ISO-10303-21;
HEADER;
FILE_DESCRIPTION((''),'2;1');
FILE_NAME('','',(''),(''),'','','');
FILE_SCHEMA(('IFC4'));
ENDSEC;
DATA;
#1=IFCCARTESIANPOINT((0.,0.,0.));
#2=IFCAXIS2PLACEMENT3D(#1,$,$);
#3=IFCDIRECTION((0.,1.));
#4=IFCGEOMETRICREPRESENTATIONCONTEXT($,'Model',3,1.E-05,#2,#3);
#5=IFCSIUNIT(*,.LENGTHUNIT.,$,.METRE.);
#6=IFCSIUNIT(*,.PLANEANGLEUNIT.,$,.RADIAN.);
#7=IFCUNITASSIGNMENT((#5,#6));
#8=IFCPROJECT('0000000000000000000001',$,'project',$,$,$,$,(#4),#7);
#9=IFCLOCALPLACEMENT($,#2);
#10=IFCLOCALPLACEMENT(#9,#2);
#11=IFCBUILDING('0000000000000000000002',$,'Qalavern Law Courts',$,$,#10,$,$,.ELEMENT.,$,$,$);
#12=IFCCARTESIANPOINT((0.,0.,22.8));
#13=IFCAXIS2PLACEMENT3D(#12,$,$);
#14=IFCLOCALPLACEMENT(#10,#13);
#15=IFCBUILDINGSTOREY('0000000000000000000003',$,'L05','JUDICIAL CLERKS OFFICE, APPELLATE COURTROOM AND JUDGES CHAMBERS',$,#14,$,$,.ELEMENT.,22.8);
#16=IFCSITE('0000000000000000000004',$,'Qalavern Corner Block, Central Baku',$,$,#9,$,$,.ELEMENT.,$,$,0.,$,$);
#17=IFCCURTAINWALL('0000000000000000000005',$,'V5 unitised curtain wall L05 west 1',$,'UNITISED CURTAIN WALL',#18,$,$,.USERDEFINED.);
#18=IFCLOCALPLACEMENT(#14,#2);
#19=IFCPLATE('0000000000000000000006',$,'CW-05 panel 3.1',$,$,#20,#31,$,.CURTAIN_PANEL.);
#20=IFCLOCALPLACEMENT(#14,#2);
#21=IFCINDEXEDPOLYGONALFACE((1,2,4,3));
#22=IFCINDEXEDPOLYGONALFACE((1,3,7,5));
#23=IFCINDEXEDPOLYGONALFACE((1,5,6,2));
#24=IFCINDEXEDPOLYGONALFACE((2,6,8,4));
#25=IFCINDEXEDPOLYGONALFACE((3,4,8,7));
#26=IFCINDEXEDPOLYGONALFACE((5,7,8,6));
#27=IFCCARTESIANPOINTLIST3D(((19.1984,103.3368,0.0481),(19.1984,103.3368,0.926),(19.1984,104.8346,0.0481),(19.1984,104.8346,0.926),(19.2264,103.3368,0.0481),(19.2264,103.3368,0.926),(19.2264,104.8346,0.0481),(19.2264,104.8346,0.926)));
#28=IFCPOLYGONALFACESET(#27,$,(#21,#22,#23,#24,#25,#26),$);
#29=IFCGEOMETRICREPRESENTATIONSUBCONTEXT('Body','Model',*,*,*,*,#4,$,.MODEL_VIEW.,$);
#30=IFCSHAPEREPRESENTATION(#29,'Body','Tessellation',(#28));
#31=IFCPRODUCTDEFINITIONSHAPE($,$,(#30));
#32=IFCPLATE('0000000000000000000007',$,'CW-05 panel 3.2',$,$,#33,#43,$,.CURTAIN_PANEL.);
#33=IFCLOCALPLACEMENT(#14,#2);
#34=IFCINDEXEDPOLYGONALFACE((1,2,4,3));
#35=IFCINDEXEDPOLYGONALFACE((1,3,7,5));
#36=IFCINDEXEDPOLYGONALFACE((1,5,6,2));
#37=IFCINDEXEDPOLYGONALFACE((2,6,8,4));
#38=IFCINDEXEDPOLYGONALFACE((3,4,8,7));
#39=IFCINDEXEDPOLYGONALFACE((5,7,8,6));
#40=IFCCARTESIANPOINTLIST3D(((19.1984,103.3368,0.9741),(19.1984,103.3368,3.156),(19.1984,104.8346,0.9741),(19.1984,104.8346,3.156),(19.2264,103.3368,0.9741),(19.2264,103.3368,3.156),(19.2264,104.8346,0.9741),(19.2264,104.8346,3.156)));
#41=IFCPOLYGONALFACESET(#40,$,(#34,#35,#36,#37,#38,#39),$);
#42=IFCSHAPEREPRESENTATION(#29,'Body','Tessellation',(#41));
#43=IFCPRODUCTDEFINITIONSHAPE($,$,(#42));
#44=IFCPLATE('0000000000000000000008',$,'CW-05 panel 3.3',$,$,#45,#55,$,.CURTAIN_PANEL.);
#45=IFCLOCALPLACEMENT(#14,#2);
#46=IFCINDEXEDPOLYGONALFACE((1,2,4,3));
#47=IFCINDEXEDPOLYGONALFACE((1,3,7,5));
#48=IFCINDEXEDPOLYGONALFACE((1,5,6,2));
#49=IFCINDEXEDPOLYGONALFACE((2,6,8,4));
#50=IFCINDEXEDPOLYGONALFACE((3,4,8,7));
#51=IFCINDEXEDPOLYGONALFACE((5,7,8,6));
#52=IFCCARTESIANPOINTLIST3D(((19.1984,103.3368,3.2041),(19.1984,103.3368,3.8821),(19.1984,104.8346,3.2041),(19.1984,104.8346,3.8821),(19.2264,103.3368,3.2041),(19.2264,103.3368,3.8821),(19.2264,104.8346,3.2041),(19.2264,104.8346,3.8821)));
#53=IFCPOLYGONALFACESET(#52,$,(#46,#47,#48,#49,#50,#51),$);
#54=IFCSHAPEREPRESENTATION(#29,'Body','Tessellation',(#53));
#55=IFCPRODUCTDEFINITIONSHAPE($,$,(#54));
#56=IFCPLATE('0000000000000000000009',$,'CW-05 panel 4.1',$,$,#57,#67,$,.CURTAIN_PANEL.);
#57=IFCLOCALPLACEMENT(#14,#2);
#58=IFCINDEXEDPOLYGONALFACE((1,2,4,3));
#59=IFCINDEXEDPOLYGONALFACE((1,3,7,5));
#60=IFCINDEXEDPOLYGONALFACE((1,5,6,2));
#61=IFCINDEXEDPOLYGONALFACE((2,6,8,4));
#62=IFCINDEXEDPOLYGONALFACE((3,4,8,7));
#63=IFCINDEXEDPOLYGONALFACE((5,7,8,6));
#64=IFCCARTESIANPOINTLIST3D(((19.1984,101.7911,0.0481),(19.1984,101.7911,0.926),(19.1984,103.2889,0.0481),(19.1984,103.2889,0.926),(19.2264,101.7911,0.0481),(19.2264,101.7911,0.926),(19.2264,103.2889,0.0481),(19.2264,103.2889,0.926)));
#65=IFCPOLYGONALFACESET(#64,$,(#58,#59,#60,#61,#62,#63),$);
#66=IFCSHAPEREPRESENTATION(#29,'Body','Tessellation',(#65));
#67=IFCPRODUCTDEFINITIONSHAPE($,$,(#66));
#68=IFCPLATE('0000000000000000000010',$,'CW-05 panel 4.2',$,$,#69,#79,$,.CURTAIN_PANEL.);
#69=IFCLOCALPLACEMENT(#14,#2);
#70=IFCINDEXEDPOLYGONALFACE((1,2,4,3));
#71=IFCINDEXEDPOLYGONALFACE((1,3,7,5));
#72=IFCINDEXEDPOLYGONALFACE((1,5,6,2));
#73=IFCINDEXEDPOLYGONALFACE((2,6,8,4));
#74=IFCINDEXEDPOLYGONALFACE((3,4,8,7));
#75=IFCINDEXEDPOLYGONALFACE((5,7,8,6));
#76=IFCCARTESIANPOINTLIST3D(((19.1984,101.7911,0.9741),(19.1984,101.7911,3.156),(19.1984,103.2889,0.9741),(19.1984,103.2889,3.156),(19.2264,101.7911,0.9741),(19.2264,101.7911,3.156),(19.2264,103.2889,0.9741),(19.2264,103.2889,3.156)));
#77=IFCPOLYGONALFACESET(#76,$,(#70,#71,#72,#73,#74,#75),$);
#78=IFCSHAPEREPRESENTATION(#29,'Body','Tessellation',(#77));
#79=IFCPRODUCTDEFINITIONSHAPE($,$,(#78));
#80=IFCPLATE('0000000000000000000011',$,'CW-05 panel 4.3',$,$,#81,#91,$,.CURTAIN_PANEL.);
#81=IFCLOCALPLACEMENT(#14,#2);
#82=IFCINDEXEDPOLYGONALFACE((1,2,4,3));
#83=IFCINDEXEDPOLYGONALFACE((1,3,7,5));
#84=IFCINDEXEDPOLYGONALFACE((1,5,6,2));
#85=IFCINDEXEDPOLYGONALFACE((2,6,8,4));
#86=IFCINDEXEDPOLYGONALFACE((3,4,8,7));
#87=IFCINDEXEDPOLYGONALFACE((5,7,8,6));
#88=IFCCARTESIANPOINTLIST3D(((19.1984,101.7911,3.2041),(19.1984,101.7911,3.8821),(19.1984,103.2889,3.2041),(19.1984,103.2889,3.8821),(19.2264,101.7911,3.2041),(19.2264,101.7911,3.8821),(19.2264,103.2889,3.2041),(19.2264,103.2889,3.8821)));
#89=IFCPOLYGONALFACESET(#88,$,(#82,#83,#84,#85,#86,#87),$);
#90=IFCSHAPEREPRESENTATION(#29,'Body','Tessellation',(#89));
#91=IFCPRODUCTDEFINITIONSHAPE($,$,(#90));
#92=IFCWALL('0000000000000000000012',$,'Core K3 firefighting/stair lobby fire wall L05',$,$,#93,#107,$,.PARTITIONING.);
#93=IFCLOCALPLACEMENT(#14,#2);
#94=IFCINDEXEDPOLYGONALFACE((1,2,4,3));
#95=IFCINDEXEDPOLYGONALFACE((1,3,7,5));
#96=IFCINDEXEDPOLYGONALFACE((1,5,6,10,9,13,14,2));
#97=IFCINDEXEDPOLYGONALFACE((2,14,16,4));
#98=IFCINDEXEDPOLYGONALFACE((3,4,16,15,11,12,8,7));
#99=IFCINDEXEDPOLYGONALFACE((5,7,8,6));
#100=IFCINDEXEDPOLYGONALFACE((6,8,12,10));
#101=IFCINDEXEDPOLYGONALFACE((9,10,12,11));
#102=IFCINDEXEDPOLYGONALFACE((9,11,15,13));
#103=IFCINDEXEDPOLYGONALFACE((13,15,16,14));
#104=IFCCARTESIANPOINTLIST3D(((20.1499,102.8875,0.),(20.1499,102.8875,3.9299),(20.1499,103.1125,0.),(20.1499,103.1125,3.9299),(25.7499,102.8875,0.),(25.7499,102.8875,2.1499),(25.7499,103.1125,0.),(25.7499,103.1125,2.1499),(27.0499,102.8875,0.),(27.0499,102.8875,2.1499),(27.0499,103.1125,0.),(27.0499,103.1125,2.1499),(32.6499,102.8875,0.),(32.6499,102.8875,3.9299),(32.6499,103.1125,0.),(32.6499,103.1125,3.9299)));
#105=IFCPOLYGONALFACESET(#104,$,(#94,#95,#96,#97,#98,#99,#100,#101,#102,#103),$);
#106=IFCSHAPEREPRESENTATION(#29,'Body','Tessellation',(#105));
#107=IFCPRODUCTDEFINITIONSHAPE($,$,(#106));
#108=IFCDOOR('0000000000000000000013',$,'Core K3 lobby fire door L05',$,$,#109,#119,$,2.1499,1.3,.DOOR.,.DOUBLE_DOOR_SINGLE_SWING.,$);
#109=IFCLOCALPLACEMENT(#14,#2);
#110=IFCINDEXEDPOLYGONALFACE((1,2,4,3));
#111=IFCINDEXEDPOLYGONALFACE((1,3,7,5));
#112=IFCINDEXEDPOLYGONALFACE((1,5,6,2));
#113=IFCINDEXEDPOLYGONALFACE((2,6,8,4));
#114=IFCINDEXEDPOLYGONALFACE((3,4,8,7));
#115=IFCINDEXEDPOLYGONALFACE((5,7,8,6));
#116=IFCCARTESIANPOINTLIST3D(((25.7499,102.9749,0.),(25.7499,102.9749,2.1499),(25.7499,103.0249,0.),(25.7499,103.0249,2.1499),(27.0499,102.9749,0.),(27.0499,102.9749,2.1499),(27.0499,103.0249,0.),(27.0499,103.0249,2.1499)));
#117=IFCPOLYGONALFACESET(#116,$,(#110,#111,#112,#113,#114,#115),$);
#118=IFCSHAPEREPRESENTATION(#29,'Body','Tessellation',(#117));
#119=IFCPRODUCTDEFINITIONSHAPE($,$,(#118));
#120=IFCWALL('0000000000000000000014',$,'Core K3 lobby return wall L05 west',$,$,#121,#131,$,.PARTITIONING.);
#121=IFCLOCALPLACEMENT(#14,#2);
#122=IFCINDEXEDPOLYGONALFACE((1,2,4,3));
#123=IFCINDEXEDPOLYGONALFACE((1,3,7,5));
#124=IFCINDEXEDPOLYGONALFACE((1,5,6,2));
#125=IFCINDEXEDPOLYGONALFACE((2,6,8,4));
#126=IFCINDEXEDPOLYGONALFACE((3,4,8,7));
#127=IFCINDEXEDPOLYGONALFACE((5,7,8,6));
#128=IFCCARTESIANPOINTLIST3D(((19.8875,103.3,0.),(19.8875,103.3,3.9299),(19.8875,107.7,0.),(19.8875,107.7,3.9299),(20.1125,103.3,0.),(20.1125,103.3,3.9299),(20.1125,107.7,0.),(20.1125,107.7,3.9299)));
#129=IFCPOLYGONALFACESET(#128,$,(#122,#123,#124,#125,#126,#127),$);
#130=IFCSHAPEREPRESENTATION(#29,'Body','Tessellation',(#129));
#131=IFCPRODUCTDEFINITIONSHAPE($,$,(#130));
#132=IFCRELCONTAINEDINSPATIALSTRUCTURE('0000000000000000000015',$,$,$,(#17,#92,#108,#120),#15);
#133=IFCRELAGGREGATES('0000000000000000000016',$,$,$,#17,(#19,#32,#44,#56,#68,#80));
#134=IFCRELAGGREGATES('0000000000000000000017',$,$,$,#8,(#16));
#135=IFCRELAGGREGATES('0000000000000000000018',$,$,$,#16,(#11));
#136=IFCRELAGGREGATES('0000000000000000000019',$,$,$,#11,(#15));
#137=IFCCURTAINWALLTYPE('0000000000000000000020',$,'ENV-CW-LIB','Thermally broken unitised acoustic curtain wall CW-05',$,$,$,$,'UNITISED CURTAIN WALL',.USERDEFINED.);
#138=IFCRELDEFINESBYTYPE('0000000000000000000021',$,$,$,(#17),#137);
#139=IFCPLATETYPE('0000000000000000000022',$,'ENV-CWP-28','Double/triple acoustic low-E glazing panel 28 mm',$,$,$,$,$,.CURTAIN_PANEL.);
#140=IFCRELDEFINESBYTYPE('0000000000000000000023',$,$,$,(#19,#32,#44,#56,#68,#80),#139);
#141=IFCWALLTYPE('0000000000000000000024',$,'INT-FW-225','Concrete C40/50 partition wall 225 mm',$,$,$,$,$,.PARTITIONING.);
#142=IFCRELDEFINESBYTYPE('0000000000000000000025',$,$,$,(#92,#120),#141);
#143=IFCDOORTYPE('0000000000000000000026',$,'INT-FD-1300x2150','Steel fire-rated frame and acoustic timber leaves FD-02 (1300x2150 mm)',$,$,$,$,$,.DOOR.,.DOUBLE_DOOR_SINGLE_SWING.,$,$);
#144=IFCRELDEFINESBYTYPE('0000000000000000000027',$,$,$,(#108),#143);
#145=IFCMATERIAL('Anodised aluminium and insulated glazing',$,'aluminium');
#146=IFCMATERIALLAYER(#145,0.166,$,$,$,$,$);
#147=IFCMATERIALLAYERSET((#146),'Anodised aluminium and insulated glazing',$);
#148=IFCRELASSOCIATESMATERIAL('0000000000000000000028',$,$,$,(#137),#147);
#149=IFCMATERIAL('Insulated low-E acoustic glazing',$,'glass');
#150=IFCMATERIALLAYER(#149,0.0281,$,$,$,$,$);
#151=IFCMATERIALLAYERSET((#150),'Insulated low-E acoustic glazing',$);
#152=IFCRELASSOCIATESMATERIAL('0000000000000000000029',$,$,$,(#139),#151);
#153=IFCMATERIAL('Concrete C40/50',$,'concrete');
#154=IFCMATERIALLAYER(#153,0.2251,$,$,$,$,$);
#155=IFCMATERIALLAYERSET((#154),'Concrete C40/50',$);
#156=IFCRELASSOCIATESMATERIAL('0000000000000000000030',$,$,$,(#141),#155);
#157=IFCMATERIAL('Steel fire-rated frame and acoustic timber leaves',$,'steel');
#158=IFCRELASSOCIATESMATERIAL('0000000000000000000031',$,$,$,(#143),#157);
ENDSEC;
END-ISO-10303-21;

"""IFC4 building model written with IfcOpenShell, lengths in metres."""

from ifc_helpers import new_model, si_unit, direction, frame, frame_2d, origin, origin_2d, place, context, subcontext, project, spatial, rectangle, extrude, material, layer, layer_set, type_object, element, fill, aggregate, save


model = new_model("IFC4")

# Units and contexts
model_context = context("Model", 3, precision=1e-05, world=origin(), true_north=direction((0.0, 1.0)))
body_context = subcontext(model_context, "Body", "Model", "MODEL_VIEW")
ifc_project = project(units=[si_unit("LENGTHUNIT", "METRE"), si_unit("PLANEANGLEUNIT", "RADIAN")], contexts=[model_context])

# Site, building, storey
site_placement = place(None, origin())
site = spatial("IfcSite", under=ifc_project, at=site_placement, Name="Qalavern Corner Block, Central Baku", CompositionType="ELEMENT", RefElevation=0.0)
building_placement = place(site_placement, origin())
building = spatial("IfcBuilding", under=site, at=building_placement, Name="Qalavern Law Courts", CompositionType="ELEMENT")
storey_placement = place(building_placement, frame((0.0, 0.0, 22.8)))
storey = spatial("IfcBuildingStorey", under=building, at=storey_placement, Name="L05", Description="JUDICIAL CLERKS OFFICE, APPELLATE COURTROOM AND JUDGES CHAMBERS", CompositionType="ELEMENT", Elevation=22.8)

# Curtain wall, plates
ifc_material_1 = material(Name="Anodised aluminium and insulated glazing", Category="aluminium")
ifc_layer_1 = layer(ifc_material_1, 0.166)
ifc_layer_set_1 = layer_set([ifc_layer_1], Name="Anodised aluminium and insulated glazing")
curtain_wall_type = type_object("IfcCurtainWallType", Name="ENV-CW-LIB", Description="Thermally broken unitised acoustic curtain wall CW-05", ElementType="UNITISED CURTAIN WALL", PredefinedType="USERDEFINED", material=ifc_layer_set_1)
curtain_wall_placement = place(storey_placement, origin())
curtain_wall = element("IfcCurtainWall", 1, at=curtain_wall_placement, inside=storey, type_object=curtain_wall_type, Name="V5 unitised curtain wall L05 west 1", ObjectType="UNITISED CURTAIN WALL", PredefinedType="USERDEFINED")
ifc_material_2 = material(Name="Insulated low-E acoustic glazing", Category="glass")
ifc_layer_2 = layer(ifc_material_2, 0.0281)
ifc_layer_set_2 = layer_set([ifc_layer_2], Name="Insulated low-E acoustic glazing")
plate_type = type_object("IfcPlateType", Name="ENV-CWP-28", Description="Double/triple acoustic low-E glazing panel 28 mm", PredefinedType="CURTAIN_PANEL", material=ifc_layer_set_2)
plate_1_placement = place(storey_placement, frame((19.2124, 104.0857, 0.0481), z_axis=(0.0, 0.0, 1.0), x_axis=(0.0, -1.0, 0.0)))
plate_1 = element("IfcPlate", 2, at=plate_1_placement, type_object=plate_type, Name="CW-05 panel 3.1", PredefinedType="CURTAIN_PANEL", context=body_context, shape_type="SweptSolid", body=[
    extrude(rectangle(XDim=1.4978, YDim=0.0281, at=origin_2d()), origin(), (0.0, 0.0, 1.0), 0.8779),
])
plate_2_placement = place(storey_placement, frame((19.2124, 104.0857, 0.9741), z_axis=(0.0, 0.0, 1.0), x_axis=(0.0, -1.0, 0.0)))
plate_2 = element("IfcPlate", 3, at=plate_2_placement, type_object=plate_type, Name="CW-05 panel 3.2", PredefinedType="CURTAIN_PANEL", context=body_context, shape_type="SweptSolid", body=[
    extrude(rectangle(XDim=1.4978, YDim=0.0281, at=origin_2d()), origin(), (0.0, 0.0, 1.0), 2.1819),
])
plate_3_placement = place(storey_placement, frame((19.2124, 104.0857, 3.2041), z_axis=(0.0, 0.0, 1.0), x_axis=(0.0, -1.0, 0.0)))
plate_3 = element("IfcPlate", 4, at=plate_3_placement, type_object=plate_type, Name="CW-05 panel 3.3", PredefinedType="CURTAIN_PANEL", context=body_context, shape_type="SweptSolid", body=[
    extrude(rectangle(XDim=1.4978, YDim=0.0281, at=origin_2d()), origin(), (0.0, 0.0, 1.0), 0.678),
])
plate_4_placement = place(storey_placement, frame((19.2124, 102.54, 0.0481), z_axis=(0.0, 0.0, 1.0), x_axis=(0.0, -1.0, 0.0)))
plate_4 = element("IfcPlate", 5, at=plate_4_placement, type_object=plate_type, Name="CW-05 panel 4.1", PredefinedType="CURTAIN_PANEL", context=body_context, shape_type="SweptSolid", body=[
    extrude(rectangle(XDim=1.4978, YDim=0.0281, at=origin_2d()), origin(), (0.0, 0.0, 1.0), 0.8779),
])
plate_5_placement = place(storey_placement, frame((19.2124, 102.54, 0.9741), z_axis=(0.0, 0.0, 1.0), x_axis=(0.0, -1.0, 0.0)))
plate_5 = element("IfcPlate", 6, at=plate_5_placement, type_object=plate_type, Name="CW-05 panel 4.2", PredefinedType="CURTAIN_PANEL", context=body_context, shape_type="SweptSolid", body=[
    extrude(rectangle(XDim=1.4978, YDim=0.0281, at=origin_2d()), origin(), (0.0, 0.0, 1.0), 2.1819),
])
plate_6_placement = place(storey_placement, frame((19.2124, 102.54, 3.2041), z_axis=(0.0, 0.0, 1.0), x_axis=(0.0, -1.0, 0.0)))
plate_6 = element("IfcPlate", 7, at=plate_6_placement, type_object=plate_type, Name="CW-05 panel 4.3", PredefinedType="CURTAIN_PANEL", context=body_context, shape_type="SweptSolid", body=[
    extrude(rectangle(XDim=1.4978, YDim=0.0281, at=origin_2d()), origin(), (0.0, 0.0, 1.0), 0.678),
])
aggregate(curtain_wall, [plate_1, plate_2, plate_3, plate_4, plate_5, plate_6])

# Wall, opening, door
ifc_material_3 = material(Name="Concrete C40/50", Category="concrete")
ifc_layer_3 = layer(ifc_material_3, 0.2251)
ifc_layer_set_3 = layer_set([ifc_layer_3], Name="Concrete C40/50")
wall_type = type_object("IfcWallType", Name="INT-FW-225", Description="Concrete C40/50 partition wall 225 mm", PredefinedType="PARTITIONING", material=ifc_layer_set_3)
wall_1_placement = place(storey_placement, frame((20.1499, 103.0, 0.0), z_axis=(0.0, 0.0, 1.0), x_axis=(1.0, 0.0, 0.0)))
wall_1 = element("IfcWall", 8, at=wall_1_placement, inside=storey, type_object=wall_type, Name="Core K3 firefighting/stair lobby fire wall L05", PredefinedType="PARTITIONING", context=body_context, shape_type="SweptSolid", body=[
    extrude(rectangle(XDim=12.5, YDim=0.2251, at=frame_2d((6.25, 0.0))), origin(), (0.0, 0.0, 1.0), 3.9299),
])
opening_placement = place(wall_1_placement, frame((5.6001, 0.0, 0.0)))
opening = element("IfcOpeningElement", 9, at=opening_placement, cuts=wall_1, PredefinedType="OPENING", context=body_context, shape_type="SweptSolid", body=[
    extrude(rectangle(XDim=1.3, YDim=2.1499, at=frame_2d((0.6499, 1.075))), frame((0.0, 0.1274, 0.0), z_axis=(0.0, -1.0, 0.0), x_axis=(1.0, 0.0, 0.0)), (0.0, 0.0, 1.0), 0.2549),
])
ifc_material_4 = material(Name="Steel fire-rated frame and acoustic timber leaves", Category="steel")
door_type = type_object("IfcDoorType", Name="INT-FD-1300x2150", Description="Steel fire-rated frame and acoustic timber leaves FD-02 (1300x2150 mm)", OperationType="DOUBLE_DOOR_SINGLE_SWING", PredefinedType="DOOR", material=ifc_material_4)
door_placement = place(opening_placement, origin())
door = element("IfcDoor", 10, at=door_placement, inside=storey, type_object=door_type, Name="Core K3 lobby fire door L05", OperationType="DOUBLE_DOOR_SINGLE_SWING", OverallHeight=2.1499, OverallWidth=1.3, PredefinedType="DOOR", context=body_context, shape_type="SweptSolid", body=[
    extrude(rectangle(XDim=1.3, YDim=2.1499, at=frame_2d((0.6499, 1.075))), frame((0.0, 0.0249, 0.0), z_axis=(0.0, -1.0, 0.0), x_axis=(1.0, 0.0, 0.0)), (0.0, 0.0, 1.0), 0.05),
])
fill(opening, door)

# Wall
wall_2_placement = place(storey_placement, frame((20.0, 103.3, 0.0), z_axis=(0.0, 0.0, 1.0), x_axis=(0.0, 1.0, 0.0)))
element("IfcWall", 11, at=wall_2_placement, inside=storey, type_object=wall_type, Name="Core K3 lobby return wall L05 west", PredefinedType="PARTITIONING", context=body_context, shape_type="SweptSolid", body=[
    extrude(rectangle(XDim=4.3999, YDim=0.2251, at=frame_2d((2.2, 0.0))), origin(), (0.0, 0.0, 1.0), 3.9299),
])

save(model, "model.ifc")
